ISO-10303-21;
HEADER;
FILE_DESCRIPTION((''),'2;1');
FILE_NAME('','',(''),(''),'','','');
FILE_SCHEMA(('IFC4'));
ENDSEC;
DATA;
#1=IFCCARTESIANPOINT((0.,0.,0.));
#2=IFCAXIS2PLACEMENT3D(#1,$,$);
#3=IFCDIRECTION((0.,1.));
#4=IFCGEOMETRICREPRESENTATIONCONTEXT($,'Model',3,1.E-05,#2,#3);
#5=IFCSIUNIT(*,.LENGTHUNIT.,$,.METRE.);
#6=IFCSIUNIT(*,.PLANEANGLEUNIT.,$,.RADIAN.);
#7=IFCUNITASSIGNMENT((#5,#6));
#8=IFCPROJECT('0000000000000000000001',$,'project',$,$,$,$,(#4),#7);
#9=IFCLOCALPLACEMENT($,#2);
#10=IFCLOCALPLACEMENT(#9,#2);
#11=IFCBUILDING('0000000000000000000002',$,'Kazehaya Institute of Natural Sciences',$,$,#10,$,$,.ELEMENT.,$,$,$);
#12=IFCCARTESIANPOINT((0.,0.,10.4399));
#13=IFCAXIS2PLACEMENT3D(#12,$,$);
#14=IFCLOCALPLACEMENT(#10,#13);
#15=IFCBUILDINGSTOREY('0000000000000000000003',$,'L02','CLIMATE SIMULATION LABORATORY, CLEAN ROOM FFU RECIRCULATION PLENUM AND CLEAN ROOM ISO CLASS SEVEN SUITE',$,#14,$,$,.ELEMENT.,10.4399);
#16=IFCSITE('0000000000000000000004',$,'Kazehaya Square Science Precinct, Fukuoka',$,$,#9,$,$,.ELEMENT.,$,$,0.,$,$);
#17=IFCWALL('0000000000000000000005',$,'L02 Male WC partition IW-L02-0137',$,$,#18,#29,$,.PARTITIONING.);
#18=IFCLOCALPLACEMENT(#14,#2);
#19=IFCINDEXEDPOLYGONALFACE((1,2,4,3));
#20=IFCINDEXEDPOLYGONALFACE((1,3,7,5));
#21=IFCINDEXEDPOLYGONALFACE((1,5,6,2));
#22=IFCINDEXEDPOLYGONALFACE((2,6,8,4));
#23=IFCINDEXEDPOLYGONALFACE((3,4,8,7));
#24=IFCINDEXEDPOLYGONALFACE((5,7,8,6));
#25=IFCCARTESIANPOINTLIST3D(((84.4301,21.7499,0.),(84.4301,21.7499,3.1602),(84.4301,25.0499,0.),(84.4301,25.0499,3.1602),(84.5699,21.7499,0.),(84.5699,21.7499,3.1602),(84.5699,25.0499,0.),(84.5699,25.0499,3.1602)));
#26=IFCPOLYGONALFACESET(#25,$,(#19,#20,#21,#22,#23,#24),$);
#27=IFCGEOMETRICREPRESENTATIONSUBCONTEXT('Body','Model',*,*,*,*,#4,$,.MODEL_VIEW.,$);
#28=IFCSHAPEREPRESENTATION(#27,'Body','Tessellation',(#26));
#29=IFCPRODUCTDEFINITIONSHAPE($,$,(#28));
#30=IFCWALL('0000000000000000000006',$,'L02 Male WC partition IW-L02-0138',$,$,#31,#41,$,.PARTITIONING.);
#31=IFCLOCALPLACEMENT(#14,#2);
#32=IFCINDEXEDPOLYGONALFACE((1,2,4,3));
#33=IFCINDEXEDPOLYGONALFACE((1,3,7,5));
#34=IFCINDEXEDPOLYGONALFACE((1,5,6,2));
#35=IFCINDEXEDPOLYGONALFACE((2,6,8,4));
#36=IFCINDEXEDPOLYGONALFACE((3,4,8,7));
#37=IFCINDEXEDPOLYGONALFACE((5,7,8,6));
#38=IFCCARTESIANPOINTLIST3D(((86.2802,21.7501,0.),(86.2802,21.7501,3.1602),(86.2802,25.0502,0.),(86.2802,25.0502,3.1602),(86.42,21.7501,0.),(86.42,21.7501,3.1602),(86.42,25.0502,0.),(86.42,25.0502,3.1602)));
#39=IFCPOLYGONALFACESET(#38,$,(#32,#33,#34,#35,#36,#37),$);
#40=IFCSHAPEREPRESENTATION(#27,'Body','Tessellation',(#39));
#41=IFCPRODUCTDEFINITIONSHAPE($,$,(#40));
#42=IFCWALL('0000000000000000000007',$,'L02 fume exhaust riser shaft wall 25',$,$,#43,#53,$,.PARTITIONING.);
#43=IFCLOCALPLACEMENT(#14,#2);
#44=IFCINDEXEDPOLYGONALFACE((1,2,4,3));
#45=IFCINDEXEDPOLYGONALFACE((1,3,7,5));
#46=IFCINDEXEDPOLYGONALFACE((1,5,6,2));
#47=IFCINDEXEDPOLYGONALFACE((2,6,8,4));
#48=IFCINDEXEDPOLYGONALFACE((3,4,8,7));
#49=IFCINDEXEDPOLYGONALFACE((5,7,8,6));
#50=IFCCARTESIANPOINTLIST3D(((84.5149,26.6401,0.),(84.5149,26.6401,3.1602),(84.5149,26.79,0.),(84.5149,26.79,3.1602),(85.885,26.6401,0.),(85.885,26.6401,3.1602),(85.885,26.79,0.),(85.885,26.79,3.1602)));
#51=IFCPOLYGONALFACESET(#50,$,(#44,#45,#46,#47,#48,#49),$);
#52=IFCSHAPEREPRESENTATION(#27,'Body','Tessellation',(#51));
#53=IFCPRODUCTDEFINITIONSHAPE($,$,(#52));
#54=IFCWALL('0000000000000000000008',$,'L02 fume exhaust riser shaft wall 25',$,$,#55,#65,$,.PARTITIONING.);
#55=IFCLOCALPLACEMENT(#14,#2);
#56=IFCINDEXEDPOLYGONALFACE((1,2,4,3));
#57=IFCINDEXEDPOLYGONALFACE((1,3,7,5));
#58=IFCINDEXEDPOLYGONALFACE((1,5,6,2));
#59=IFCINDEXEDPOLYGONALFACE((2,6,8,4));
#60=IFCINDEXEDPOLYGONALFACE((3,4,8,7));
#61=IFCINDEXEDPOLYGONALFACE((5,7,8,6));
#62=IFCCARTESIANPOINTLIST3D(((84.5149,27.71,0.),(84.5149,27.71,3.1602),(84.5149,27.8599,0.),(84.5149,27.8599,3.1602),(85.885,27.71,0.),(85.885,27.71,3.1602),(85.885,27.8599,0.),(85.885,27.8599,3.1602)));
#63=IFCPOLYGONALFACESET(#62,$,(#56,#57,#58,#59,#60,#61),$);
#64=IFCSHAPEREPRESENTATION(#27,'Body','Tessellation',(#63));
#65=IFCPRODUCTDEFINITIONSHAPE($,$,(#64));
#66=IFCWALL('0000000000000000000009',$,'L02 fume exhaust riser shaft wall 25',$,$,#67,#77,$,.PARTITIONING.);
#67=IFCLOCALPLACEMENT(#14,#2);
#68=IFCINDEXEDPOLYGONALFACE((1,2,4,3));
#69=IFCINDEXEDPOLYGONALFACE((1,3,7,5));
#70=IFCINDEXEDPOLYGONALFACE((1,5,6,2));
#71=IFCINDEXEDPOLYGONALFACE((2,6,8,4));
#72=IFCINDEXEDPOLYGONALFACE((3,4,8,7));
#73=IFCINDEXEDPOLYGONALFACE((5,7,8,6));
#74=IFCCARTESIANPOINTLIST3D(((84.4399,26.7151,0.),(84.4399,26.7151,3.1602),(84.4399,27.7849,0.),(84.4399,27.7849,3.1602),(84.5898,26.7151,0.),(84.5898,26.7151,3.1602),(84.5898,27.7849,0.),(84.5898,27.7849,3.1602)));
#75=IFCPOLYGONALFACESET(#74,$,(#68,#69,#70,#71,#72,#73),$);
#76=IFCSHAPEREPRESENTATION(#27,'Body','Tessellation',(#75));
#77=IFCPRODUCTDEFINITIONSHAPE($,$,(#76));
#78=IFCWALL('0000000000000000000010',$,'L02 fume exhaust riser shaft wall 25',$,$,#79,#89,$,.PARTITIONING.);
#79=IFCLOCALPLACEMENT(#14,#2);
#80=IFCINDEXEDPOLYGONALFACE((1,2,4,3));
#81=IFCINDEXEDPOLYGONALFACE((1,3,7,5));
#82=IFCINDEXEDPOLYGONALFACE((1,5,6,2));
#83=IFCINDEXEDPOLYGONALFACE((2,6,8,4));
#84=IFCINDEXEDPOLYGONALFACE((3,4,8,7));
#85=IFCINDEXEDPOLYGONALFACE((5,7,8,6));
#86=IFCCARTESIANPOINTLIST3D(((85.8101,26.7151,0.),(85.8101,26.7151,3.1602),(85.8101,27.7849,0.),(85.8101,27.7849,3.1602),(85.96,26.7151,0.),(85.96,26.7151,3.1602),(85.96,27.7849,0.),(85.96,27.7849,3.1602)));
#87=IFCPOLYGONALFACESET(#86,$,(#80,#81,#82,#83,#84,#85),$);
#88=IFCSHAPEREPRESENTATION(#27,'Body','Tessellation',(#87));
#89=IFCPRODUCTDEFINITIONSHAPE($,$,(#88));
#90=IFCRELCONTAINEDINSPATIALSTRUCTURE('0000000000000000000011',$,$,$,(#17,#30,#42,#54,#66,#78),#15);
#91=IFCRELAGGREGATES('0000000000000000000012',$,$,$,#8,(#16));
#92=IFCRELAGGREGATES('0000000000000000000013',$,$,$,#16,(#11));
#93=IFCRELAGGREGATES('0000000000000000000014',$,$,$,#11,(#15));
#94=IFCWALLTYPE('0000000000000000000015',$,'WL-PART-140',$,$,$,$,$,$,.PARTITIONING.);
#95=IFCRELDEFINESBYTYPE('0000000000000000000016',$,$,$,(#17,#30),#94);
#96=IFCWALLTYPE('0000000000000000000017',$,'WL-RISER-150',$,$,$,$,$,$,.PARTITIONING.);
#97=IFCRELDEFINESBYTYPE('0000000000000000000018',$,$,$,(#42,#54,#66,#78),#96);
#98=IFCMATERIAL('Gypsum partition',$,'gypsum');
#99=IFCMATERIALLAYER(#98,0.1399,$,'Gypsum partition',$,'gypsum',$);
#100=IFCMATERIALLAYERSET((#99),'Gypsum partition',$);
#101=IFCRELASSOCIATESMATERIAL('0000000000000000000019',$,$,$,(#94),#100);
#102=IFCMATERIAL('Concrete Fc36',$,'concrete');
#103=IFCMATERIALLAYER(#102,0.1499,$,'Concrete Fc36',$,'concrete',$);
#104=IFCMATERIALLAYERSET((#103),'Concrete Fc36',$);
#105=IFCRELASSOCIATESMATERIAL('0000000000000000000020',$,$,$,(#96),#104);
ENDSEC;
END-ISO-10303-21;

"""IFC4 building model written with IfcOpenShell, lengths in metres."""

from ifc_helpers import new_model, si_unit, direction, frame, frame_2d, origin, place, context, subcontext, project, spatial, rectangle, extrude, material, layer, layer_set, type_object, element, save


model = new_model("IFC4")

# Units and contexts
model_context = context("Model", 3, precision=1e-05, world=origin(), true_north=direction((0.0, 1.0)))
body_context = subcontext(model_context, "Body", "Model", "MODEL_VIEW")
ifc_project = project(units=[si_unit("LENGTHUNIT", "METRE"), si_unit("PLANEANGLEUNIT", "RADIAN")], contexts=[model_context])

# Site, building, storey
site_placement = place(None, origin())
site = spatial("IfcSite", under=ifc_project, at=site_placement, Name="Kazehaya Square Science Precinct, Fukuoka", CompositionType="ELEMENT", RefElevation=0.0)
building_placement = place(site_placement, origin())
building = spatial("IfcBuilding", under=site, at=building_placement, Name="Kazehaya Institute of Natural Sciences", CompositionType="ELEMENT")
storey_placement = place(building_placement, frame((0.0, 0.0, 10.4399)))
storey = spatial("IfcBuildingStorey", under=building, at=storey_placement, Name="L02", Description="CLIMATE SIMULATION LABORATORY, CLEAN ROOM FFU RECIRCULATION PLENUM AND CLEAN ROOM ISO CLASS SEVEN SUITE", CompositionType="ELEMENT", Elevation=10.4399)

# Shared definitions
ifc_material_1 = material(Name="Concrete Fc36", Category="concrete")

# Shared definitions
ifc_material_2 = material(Name="Gypsum partition", Category="gypsum")
ifc_layer_1 = layer(ifc_material_2, 0.1399, Name="Gypsum partition", Category="gypsum")
ifc_layer_set_1 = layer_set([ifc_layer_1], Name="Gypsum partition")
wall_type_1 = type_object("IfcWallType", Name="WL-PART-140", PredefinedType="PARTITIONING", material=ifc_layer_set_1)

# Walls
for number, where, z_axis, x_axis, name in (
    (1, (84.5, 21.75, 0.0), (0.0, 0.0, 1.0), (0.0, 1.0, 0.0), "L02 Male WC partition IW-L02-0137"),
    (2, (86.3501, 25.05, 0.0), (0.0, 0.0, 1.0), (0.0, -1.0, 0.0), "L02 Male WC partition IW-L02-0138"),
):
    element("IfcWall", number, at=place(storey_placement, frame(where, z_axis=z_axis, x_axis=x_axis)), inside=storey, type_object=wall_type_1, Name=name, PredefinedType="PARTITIONING", context=body_context, shape_type="SweptSolid", body=[
        extrude(rectangle(XDim=3.3, YDim=0.1399, at=frame_2d((1.6499, 0.0))), origin(), (0.0, 0.0, 1.0), 3.1602),
    ])
ifc_layer_2 = layer(ifc_material_1, 0.1499, Name="Concrete Fc36", Category="concrete")
ifc_layer_set_2 = layer_set([ifc_layer_2], Name="Concrete Fc36")
wall_type_2 = type_object("IfcWallType", Name="WL-RISER-150", PredefinedType="PARTITIONING", material=ifc_layer_set_2)
for number, where, z_axis, x_axis, name in (
    (3, (85.885, 26.7151, 0.0), (0.0, 0.0, 1.0), (-1.0, 0.0, 0.0), "L02 fume exhaust riser shaft wall 25"),
    (4, (84.5149, 27.7849, 0.0), (0.0, 0.0, 1.0), (1.0, 0.0, 0.0), "L02 fume exhaust riser shaft wall 25"),
):
    element("IfcWall", number, at=place(storey_placement, frame(where, z_axis=z_axis, x_axis=x_axis)), inside=storey, type_object=wall_type_2, Name=name, PredefinedType="PARTITIONING", context=body_context, shape_type="SweptSolid", body=[
        extrude(rectangle(XDim=1.3701, YDim=0.1499, at=frame_2d((0.6851, 0.0))), origin(), (0.0, 0.0, 1.0), 3.1602),
    ])
for number, where, z_axis, x_axis, name in (
    (5, (84.5149, 26.7151, 0.0), (0.0, 0.0, 1.0), (0.0, 1.0, 0.0), "L02 fume exhaust riser shaft wall 25"),
    (6, (85.885, 27.7849, 0.0), (0.0, 0.0, 1.0), (0.0, -1.0, 0.0), "L02 fume exhaust riser shaft wall 25"),
):
    element("IfcWall", number, at=place(storey_placement, frame(where, z_axis=z_axis, x_axis=x_axis)), inside=storey, type_object=wall_type_2, Name=name, PredefinedType="PARTITIONING", context=body_context, shape_type="SweptSolid", body=[
        extrude(rectangle(XDim=1.0698, YDim=0.1499, at=frame_2d((0.5349, 0.0))), origin(), (0.0, 0.0, 1.0), 3.1602),
    ])

save(model, "model.ifc")
